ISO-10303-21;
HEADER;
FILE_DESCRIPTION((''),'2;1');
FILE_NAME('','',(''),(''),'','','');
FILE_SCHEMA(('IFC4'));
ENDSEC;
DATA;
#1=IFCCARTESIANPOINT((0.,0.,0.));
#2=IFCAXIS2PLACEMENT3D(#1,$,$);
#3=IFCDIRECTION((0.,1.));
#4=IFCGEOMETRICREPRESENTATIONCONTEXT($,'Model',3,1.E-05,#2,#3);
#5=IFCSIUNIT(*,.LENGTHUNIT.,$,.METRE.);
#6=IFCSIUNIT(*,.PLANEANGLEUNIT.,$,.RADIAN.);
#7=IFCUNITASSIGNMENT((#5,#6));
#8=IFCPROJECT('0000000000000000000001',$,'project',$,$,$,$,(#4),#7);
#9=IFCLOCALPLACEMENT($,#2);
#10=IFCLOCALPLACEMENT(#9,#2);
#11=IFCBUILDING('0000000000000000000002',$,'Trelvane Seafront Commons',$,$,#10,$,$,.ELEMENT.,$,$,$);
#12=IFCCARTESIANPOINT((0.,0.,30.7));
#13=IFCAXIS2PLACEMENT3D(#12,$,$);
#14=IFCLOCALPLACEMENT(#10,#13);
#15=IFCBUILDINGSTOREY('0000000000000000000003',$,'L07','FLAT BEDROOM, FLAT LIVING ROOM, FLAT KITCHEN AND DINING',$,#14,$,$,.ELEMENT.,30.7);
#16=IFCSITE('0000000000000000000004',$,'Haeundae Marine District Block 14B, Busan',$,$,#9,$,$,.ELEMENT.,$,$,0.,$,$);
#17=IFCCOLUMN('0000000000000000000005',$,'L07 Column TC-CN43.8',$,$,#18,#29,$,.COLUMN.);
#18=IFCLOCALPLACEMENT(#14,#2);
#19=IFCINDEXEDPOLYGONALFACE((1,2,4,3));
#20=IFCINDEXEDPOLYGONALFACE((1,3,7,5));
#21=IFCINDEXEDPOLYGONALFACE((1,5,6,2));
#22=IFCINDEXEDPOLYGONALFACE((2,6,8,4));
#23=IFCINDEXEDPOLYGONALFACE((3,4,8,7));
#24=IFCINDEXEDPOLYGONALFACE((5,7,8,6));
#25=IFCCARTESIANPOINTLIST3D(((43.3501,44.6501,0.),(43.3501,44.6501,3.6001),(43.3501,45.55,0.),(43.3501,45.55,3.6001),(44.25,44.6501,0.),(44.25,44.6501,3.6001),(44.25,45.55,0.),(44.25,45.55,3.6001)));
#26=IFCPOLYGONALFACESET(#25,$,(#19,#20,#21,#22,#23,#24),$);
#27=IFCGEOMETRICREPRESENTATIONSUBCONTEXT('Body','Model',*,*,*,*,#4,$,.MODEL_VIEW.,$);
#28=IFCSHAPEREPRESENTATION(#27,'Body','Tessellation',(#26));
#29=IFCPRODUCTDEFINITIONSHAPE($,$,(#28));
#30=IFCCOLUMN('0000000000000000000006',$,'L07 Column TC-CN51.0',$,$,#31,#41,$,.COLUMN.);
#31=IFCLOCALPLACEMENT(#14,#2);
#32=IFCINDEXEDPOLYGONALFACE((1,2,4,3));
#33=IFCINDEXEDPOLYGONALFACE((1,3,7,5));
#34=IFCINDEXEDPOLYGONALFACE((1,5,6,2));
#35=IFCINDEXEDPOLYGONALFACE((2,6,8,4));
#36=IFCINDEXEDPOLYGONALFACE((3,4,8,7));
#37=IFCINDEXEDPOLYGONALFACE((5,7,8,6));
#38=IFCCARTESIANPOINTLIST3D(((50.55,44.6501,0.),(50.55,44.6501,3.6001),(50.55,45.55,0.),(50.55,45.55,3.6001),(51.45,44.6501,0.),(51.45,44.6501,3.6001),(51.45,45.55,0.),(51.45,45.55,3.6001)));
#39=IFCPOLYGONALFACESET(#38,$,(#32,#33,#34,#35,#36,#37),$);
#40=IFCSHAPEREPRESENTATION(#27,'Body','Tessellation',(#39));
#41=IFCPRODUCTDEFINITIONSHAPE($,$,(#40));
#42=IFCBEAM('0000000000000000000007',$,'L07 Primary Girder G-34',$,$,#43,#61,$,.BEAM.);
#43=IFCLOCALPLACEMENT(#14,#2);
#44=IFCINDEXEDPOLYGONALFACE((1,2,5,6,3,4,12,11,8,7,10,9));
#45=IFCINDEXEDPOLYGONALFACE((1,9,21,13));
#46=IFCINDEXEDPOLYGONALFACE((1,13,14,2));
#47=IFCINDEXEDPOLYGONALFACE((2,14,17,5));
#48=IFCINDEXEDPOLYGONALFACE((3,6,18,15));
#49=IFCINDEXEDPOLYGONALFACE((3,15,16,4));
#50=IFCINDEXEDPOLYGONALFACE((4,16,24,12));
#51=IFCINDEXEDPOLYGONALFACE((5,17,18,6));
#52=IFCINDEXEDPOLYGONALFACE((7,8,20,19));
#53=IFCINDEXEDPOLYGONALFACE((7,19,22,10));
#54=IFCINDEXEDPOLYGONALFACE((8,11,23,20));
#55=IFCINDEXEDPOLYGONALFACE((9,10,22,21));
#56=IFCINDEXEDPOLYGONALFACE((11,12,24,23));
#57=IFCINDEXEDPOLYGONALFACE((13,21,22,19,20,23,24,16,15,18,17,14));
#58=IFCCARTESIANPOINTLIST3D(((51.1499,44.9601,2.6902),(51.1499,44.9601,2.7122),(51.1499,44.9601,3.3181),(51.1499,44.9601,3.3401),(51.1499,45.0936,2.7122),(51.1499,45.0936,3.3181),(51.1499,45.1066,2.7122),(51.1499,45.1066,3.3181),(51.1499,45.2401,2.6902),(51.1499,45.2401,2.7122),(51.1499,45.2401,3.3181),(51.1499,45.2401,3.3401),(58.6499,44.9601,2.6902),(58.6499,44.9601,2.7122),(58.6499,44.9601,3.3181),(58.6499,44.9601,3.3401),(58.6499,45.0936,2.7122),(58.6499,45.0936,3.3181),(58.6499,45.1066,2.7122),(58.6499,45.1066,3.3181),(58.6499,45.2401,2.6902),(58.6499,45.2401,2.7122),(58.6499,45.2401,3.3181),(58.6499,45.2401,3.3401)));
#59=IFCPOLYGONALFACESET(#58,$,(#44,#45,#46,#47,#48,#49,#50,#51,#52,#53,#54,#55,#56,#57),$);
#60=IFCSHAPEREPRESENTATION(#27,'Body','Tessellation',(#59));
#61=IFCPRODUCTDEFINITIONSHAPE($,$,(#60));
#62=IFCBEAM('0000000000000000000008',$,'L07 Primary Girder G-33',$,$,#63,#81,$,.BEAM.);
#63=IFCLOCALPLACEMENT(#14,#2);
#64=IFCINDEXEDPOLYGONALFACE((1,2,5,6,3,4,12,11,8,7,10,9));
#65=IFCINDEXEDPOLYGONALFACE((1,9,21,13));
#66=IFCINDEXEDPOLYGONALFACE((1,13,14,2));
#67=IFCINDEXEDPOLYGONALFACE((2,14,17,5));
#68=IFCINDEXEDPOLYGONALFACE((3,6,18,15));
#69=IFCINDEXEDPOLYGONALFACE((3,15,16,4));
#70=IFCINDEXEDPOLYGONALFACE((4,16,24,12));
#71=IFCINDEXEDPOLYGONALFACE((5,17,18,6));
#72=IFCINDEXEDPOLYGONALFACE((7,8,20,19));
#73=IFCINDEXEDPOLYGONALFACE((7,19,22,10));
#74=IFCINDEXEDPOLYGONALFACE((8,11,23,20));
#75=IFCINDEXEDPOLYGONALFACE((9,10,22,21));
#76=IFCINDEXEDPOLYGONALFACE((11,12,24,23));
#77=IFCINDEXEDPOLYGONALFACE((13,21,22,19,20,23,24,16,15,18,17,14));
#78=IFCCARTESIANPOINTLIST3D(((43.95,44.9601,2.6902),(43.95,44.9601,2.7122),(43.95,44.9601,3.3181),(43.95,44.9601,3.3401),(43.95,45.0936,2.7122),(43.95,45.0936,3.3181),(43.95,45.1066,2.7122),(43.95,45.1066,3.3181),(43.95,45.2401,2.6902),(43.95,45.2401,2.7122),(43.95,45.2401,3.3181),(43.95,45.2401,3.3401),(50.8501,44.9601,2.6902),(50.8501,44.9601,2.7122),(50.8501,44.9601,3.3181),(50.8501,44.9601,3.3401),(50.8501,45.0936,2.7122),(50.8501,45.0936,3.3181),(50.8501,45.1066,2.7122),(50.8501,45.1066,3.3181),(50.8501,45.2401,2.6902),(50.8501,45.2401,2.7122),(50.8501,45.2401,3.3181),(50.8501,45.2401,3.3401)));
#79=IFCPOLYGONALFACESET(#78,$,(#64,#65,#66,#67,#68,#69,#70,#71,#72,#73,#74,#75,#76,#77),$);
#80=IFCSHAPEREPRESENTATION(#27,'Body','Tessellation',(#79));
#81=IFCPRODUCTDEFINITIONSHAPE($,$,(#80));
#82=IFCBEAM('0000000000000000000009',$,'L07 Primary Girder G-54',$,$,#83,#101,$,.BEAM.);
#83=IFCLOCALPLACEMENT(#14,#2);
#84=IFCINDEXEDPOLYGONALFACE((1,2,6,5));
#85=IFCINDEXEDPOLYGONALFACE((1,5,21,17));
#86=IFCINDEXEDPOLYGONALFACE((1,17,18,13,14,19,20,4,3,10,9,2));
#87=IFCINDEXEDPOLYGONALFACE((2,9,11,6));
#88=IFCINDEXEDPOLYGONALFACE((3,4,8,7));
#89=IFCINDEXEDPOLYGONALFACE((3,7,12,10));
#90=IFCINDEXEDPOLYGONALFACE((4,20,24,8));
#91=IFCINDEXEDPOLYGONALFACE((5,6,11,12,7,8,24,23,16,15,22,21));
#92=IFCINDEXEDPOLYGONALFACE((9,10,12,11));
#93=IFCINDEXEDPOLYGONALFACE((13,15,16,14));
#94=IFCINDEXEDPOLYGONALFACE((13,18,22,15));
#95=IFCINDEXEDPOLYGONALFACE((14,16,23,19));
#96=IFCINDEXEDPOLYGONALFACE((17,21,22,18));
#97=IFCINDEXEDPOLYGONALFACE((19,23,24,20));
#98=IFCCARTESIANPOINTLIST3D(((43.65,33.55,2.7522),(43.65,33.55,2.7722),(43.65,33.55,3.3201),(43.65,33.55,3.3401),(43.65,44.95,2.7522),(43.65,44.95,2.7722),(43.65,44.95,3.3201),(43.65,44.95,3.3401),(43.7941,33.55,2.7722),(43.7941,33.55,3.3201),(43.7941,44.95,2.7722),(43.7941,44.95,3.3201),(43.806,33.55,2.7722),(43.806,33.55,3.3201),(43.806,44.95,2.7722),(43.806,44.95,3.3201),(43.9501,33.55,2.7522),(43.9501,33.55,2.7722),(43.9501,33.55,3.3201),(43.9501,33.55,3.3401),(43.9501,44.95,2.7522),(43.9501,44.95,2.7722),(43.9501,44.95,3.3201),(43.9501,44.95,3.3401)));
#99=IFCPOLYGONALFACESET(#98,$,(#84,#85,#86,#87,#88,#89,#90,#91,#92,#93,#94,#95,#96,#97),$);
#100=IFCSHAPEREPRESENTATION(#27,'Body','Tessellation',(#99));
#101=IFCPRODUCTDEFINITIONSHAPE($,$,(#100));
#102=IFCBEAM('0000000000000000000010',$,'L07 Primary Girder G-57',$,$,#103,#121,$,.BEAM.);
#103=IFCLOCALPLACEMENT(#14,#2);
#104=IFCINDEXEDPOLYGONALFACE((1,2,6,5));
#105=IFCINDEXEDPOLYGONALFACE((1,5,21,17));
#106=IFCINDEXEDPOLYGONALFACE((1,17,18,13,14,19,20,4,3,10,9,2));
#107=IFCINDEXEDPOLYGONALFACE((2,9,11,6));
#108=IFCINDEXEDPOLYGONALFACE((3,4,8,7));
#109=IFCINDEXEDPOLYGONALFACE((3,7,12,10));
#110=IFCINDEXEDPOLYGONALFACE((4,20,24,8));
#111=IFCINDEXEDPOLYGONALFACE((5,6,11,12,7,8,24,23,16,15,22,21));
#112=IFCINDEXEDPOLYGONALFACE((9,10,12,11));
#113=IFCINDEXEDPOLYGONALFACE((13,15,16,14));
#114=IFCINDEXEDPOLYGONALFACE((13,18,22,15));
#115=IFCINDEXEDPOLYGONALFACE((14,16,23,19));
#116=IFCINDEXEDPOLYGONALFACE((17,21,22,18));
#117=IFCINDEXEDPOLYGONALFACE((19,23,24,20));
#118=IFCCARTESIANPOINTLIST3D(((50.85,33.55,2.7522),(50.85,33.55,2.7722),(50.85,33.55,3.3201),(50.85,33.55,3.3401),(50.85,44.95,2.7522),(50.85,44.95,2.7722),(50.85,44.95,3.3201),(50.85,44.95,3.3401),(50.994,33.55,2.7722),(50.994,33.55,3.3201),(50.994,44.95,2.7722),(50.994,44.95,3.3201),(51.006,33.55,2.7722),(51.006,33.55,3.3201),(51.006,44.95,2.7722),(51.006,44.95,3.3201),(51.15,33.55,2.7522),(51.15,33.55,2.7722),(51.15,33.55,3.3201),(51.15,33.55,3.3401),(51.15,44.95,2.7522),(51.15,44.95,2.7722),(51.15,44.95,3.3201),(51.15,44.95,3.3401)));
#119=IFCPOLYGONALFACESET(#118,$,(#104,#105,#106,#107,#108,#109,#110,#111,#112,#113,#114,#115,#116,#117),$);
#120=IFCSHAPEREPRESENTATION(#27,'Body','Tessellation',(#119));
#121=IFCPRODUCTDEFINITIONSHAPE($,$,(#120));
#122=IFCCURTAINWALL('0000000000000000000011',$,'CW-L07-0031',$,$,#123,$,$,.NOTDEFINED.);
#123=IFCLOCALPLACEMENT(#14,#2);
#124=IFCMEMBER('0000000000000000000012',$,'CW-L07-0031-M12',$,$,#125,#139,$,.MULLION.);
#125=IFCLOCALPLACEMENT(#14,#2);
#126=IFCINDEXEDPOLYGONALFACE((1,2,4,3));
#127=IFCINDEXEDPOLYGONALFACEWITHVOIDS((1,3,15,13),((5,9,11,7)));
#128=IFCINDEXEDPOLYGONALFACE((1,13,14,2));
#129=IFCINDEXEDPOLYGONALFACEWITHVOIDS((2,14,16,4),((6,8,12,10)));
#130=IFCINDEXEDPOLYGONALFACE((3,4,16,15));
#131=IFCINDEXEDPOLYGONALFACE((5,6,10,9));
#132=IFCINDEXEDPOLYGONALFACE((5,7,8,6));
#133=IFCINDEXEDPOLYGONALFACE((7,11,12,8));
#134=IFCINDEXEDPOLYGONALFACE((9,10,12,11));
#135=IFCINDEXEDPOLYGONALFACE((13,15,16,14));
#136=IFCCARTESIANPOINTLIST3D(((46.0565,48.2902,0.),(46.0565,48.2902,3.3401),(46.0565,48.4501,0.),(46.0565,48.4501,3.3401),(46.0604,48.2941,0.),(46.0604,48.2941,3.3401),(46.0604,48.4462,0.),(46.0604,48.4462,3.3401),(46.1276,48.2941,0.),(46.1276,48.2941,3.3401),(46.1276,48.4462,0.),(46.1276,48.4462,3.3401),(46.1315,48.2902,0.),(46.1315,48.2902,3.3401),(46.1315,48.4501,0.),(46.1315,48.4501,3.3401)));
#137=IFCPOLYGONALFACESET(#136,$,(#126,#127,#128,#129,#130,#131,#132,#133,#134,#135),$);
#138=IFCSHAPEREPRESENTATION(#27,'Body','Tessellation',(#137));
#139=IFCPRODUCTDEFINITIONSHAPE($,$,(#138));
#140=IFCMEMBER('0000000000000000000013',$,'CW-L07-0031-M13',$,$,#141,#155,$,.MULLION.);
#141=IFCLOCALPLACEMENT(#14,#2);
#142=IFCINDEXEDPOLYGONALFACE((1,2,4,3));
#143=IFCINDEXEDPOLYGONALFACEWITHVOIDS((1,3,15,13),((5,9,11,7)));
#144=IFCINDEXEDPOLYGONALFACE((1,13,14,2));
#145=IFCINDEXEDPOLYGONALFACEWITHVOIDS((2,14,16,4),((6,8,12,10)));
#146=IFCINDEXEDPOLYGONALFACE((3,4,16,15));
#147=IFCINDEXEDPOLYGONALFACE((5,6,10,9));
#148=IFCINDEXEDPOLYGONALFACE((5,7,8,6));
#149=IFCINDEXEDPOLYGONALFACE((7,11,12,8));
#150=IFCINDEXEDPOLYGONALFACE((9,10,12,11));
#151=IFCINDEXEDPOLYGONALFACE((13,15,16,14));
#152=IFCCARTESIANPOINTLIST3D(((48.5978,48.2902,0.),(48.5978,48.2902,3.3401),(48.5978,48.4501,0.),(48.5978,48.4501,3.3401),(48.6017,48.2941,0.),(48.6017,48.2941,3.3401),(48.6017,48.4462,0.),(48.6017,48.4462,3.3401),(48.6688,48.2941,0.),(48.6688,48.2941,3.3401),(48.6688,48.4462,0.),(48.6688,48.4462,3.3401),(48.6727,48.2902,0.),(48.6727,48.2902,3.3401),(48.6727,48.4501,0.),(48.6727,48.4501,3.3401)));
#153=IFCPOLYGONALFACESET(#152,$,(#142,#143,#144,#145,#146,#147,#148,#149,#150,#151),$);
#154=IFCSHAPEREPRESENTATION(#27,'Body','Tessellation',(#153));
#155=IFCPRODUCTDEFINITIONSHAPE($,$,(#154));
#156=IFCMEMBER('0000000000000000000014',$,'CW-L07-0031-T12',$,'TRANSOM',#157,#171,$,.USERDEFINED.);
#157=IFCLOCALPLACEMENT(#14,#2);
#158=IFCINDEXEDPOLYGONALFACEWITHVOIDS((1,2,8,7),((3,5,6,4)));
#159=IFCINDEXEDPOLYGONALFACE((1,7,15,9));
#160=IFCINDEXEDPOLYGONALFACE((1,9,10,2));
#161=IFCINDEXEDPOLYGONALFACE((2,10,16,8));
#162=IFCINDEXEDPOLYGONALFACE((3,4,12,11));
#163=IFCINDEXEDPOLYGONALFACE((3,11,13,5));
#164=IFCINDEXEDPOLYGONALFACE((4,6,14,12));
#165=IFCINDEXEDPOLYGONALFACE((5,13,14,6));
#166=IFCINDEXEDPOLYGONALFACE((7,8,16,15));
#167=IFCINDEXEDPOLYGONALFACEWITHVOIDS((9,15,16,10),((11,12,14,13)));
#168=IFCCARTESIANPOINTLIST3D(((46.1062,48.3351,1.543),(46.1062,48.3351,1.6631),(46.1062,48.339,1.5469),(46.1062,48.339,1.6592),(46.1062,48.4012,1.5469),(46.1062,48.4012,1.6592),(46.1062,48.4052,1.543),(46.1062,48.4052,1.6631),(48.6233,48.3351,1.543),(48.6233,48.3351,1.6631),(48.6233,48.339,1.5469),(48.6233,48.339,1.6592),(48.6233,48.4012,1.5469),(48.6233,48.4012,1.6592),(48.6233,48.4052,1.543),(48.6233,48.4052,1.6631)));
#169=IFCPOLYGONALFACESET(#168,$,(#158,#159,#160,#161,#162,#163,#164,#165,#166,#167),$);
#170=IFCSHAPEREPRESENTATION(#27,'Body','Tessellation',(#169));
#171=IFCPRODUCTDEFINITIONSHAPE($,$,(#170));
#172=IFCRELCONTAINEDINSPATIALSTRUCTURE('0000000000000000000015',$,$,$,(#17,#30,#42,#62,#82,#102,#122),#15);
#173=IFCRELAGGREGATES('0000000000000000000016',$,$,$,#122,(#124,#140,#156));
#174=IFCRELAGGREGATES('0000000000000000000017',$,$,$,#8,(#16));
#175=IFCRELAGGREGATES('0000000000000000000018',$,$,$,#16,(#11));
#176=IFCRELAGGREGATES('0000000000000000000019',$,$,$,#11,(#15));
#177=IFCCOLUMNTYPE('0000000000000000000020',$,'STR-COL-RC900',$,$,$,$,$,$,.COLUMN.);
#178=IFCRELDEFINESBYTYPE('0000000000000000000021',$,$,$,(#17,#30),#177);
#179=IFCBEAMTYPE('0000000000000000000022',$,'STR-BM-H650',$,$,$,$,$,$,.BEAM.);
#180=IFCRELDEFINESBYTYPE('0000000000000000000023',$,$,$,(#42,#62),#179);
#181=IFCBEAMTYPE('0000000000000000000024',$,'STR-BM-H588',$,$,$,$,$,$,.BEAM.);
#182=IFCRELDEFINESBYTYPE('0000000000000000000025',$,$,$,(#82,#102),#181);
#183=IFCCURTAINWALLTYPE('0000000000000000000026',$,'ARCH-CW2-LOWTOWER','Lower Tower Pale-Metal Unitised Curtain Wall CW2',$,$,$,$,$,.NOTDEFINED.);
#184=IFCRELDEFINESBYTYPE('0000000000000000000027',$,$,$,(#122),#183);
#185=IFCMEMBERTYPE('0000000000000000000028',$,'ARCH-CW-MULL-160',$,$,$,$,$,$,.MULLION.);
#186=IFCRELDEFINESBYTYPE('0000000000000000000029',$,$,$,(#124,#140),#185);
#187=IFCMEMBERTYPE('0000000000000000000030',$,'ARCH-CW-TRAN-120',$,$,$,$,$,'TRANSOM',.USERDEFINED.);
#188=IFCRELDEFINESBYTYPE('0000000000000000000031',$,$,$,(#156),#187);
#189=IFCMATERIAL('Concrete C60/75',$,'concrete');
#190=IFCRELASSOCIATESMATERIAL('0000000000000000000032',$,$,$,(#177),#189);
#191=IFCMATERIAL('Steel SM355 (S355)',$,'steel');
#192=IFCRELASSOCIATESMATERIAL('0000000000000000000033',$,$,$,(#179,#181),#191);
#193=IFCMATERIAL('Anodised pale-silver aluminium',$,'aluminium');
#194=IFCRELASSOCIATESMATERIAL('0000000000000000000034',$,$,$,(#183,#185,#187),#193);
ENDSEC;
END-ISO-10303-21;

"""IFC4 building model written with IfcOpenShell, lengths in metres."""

from ifc_helpers import new_model, si_unit, direction, frame, origin, origin_2d, place, context, subcontext, project, spatial, rectangle, hollow_rectangle, i_section, extrude, source, transform, mapped, material, material_profile, profile_set, type_object, element, aggregate, save


model = new_model("IFC4")

# Units and contexts
model_context = context("Model", 3, precision=1e-05, world=origin(), true_north=direction((0.0, 1.0)))
body_context = subcontext(model_context, "Body", "Model", "MODEL_VIEW")
ifc_project = project(units=[si_unit("LENGTHUNIT", "METRE"), si_unit("PLANEANGLEUNIT", "RADIAN")], contexts=[model_context])

# Site, building, storey
site_placement = place(None, origin())
site = spatial("IfcSite", under=ifc_project, at=site_placement, Name="Haeundae Marine District Block 14B, Busan", CompositionType="ELEMENT", RefElevation=0.0)
building_placement = place(site_placement, origin())
building = spatial("IfcBuilding", under=site, at=building_placement, Name="Trelvane Seafront Commons", CompositionType="ELEMENT")
storey_placement = place(building_placement, frame((0.0, 0.0, 30.7)))
storey = spatial("IfcBuildingStorey", under=building, at=storey_placement, Name="L07", Description="FLAT BEDROOM, FLAT LIVING ROOM, FLAT KITCHEN AND DINING", CompositionType="ELEMENT", Elevation=30.7)

# Columns
ifc_material_1 = material(Name="Concrete C60/75", Category="concrete")
ifc_material_profile_1 = material_profile(ifc_material_1, rectangle(XDim=0.8999, YDim=0.8999, at=origin_2d()), Name="RC-900x900")
ifc_profile_set_1 = profile_set([ifc_material_profile_1], Name="Concrete C60/75")
column_type = type_object("IfcColumnType", Name="STR-COL-RC900", PredefinedType="COLUMN", material=ifc_profile_set_1)
shared_shape_1 = source(origin(), body_context, "Body", "SweptSolid", [
    extrude(rectangle(XDim=0.8999, YDim=0.8999, at=origin_2d()), origin(), (0.0, 0.0, 1.0), 3.6001),
])
for number, where, z_axis, x_axis, name in (
    (1, (43.8, 45.1001, 0.0), (0.0, 0.0, 1.0), (1.0, 0.0, 0.0), "L07 Column TC-CN43.8"),
    (2, (51.0, 45.1001, 0.0), (0.0, 0.0, 1.0), (1.0, 0.0, 0.0), "L07 Column TC-CN51.0"),
):
    element("IfcColumn", number, at=place(storey_placement, frame(where, z_axis=z_axis, x_axis=x_axis)), inside=storey, type_object=column_type, Name=name, PredefinedType="COLUMN", context=body_context, shape_type="MappedRepresentation", body=[
        mapped(shared_shape_1, transform((0.0, 0.0, 0.0), x_axis=(1.0, 0.0, 0.0), y_axis=(0.0, 1.0, 0.0), z_axis=(0.0, 0.0, 1.0), scale=1.0)),
    ])

# Beams
ifc_material_2 = material(Name="Steel SM355 (S355)", Category="steel")
ifc_material_profile_2 = material_profile(ifc_material_2, i_section(OverallWidth=0.28, OverallDepth=0.6499, WebThickness=0.0129, FlangeThickness=0.022, at=origin_2d()), Name="H-650x280x13x22")
ifc_profile_set_2 = profile_set([ifc_material_profile_2], Name="Steel SM355 (S355)")
beam_type_1 = type_object("IfcBeamType", Name="STR-BM-H650", PredefinedType="BEAM", material=ifc_profile_set_2)
shared_shape_2 = source(origin(), body_context, "Body", "SweptSolid", [
    extrude(i_section(OverallWidth=0.28, OverallDepth=0.6499, WebThickness=0.0129, FlangeThickness=0.022, at=origin_2d()), origin(), (0.0, 0.0, 1.0), 7.5),
])
beam_1_placement = place(storey_placement, frame((51.1499, 45.1001, 3.0151), z_axis=(1.0, 0.0, 0.0), x_axis=(0.0, 1.0, 0.0)))
element("IfcBeam", 3, at=beam_1_placement, inside=storey, type_object=beam_type_1, Name="L07 Primary Girder G-34", PredefinedType="BEAM", context=body_context, shape_type="MappedRepresentation", body=[
    mapped(shared_shape_2, transform((0.0, 0.0, 0.0), x_axis=(1.0, 0.0, 0.0), y_axis=(0.0, 1.0, 0.0), z_axis=(0.0, 0.0, 1.0), scale=1.0)),
])
shared_shape_3 = source(origin(), body_context, "Body", "SweptSolid", [
    extrude(i_section(OverallWidth=0.28, OverallDepth=0.6499, WebThickness=0.0129, FlangeThickness=0.022, at=origin_2d()), origin(), (0.0, 0.0, 1.0), 6.9001),
])
beam_2_placement = place(storey_placement, frame((43.95, 45.1001, 3.0151), z_axis=(1.0, 0.0, 0.0), x_axis=(0.0, 1.0, 0.0)))
element("IfcBeam", 4, at=beam_2_placement, inside=storey, type_object=beam_type_1, Name="L07 Primary Girder G-33", PredefinedType="BEAM", context=body_context, shape_type="MappedRepresentation", body=[
    mapped(shared_shape_3, transform((0.0, 0.0, 0.0), x_axis=(1.0, 0.0, 0.0), y_axis=(0.0, 1.0, 0.0), z_axis=(0.0, 0.0, 1.0), scale=1.0)),
])
ifc_material_profile_3 = material_profile(ifc_material_2, i_section(OverallWidth=0.3, OverallDepth=0.5879, WebThickness=0.012, FlangeThickness=0.02, at=origin_2d()), Name="H-588x300x12x20")
ifc_profile_set_3 = profile_set([ifc_material_profile_3], Name="Steel SM355 (S355)")
beam_type_2 = type_object("IfcBeamType", Name="STR-BM-H588", PredefinedType="BEAM", material=ifc_profile_set_3)
shared_shape_4 = source(origin(), body_context, "Body", "SweptSolid", [
    extrude(i_section(OverallWidth=0.3, OverallDepth=0.5879, WebThickness=0.012, FlangeThickness=0.02, at=origin_2d()), origin(), (0.0, 0.0, 1.0), 11.3999),
])
for number, where, z_axis, x_axis, name in (
    (5, (43.8, 33.55, 3.0461), (0.0, 1.0, 0.0), (-1.0, 0.0, 0.0), "L07 Primary Girder G-54"),
    (6, (51.0, 33.55, 3.0461), (0.0, 1.0, 0.0), (-1.0, 0.0, 0.0), "L07 Primary Girder G-57"),
):
    element("IfcBeam", number, at=place(storey_placement, frame(where, z_axis=z_axis, x_axis=x_axis)), inside=storey, type_object=beam_type_2, Name=name, PredefinedType="BEAM", context=body_context, shape_type="MappedRepresentation", body=[
        mapped(shared_shape_4, transform((0.0, 0.0, 0.0), x_axis=(1.0, 0.0, 0.0), y_axis=(0.0, 1.0, 0.0), z_axis=(0.0, 0.0, 1.0), scale=1.0)),
    ])

# Curtain wall, members
ifc_material_3 = material(Name="Anodised pale-silver aluminium", Category="aluminium")
curtain_wall_type = type_object("IfcCurtainWallType", Name="ARCH-CW2-LOWTOWER", Description="Lower Tower Pale-Metal Unitised Curtain Wall CW2", PredefinedType="NOTDEFINED", material=ifc_material_3)
curtain_wall_placement = place(storey_placement, origin())
curtain_wall = element("IfcCurtainWall", 7, at=curtain_wall_placement, inside=storey, type_object=curtain_wall_type, Name="CW-L07-0031", PredefinedType="NOTDEFINED")
ifc_material_profile_4 = material_profile(ifc_material_3, hollow_rectangle(XDim=0.075, YDim=0.1599, WallThickness=0.0039, at=origin_2d()), Name="MULL-75x160x4")
ifc_profile_set_4 = profile_set([ifc_material_profile_4], Name="Anodised pale-silver aluminium")
member_type_1 = type_object("IfcMemberType", Name="ARCH-CW-MULL-160", PredefinedType="MULLION", material=ifc_profile_set_4)
shared_shape_5 = source(origin(), body_context, "Body", "SweptSolid", [
    extrude(hollow_rectangle(XDim=0.075, YDim=0.1599, WallThickness=0.0039, at=origin_2d()), origin(), (0.0, 0.0, 1.0), 3.3401),
])
member_1_placement = place(storey_placement, frame((46.094, 48.3701, 0.0), z_axis=(0.0, 0.0, 1.0), x_axis=(1.0, 0.0, 0.0)))
member_1 = element("IfcMember", 8, at=member_1_placement, type_object=member_type_1, Name="CW-L07-0031-M12", PredefinedType="MULLION", context=body_context, shape_type="MappedRepresentation", body=[
    mapped(shared_shape_5, transform((0.0, 0.0, 0.0), x_axis=(1.0, 0.0, 0.0), y_axis=(0.0, 1.0, 0.0), z_axis=(0.0, 0.0, 1.0), scale=1.0)),
])
member_2_placement = place(storey_placement, frame((48.6353, 48.3701, 0.0), z_axis=(0.0, 0.0, 1.0), x_axis=(1.0, 0.0, 0.0)))
member_2 = element("IfcMember", 9, at=member_2_placement, type_object=member_type_1, Name="CW-L07-0031-M13", PredefinedType="MULLION", context=body_context, shape_type="MappedRepresentation", body=[
    mapped(shared_shape_5, transform((0.0, 0.0, 0.0), x_axis=(1.0, 0.0, 0.0), y_axis=(0.0, 1.0, 0.0), z_axis=(0.0, 0.0, 1.0), scale=1.0)),
])
ifc_material_profile_5 = material_profile(ifc_material_3, hollow_rectangle(XDim=0.0701, YDim=0.1201, WallThickness=0.0039, at=origin_2d()), Name="TRAN-70x120x4")
ifc_profile_set_5 = profile_set([ifc_material_profile_5], Name="Anodised pale-silver aluminium")
member_type_2 = type_object("IfcMemberType", Name="ARCH-CW-TRAN-120", ElementType="TRANSOM", PredefinedType="USERDEFINED", material=ifc_profile_set_5)
shared_shape_6 = source(origin(), body_context, "Body", "SweptSolid", [
    extrude(hollow_rectangle(XDim=0.0701, YDim=0.1201, WallThickness=0.0039, at=origin_2d()), origin(), (0.0, 0.0, 1.0), 2.5171),
])
member_3_placement = place(storey_placement, frame((46.1062, 48.3701, 1.603), z_axis=(1.0, 0.0, 0.0), x_axis=(0.0, 1.0, 0.0)))
member_3 = element("IfcMember", 10, at=member_3_placement, type_object=member_type_2, Name="CW-L07-0031-T12", ObjectType="TRANSOM", PredefinedType="USERDEFINED", context=body_context, shape_type="MappedRepresentation", body=[
    mapped(shared_shape_6, transform((0.0, 0.0, 0.0), x_axis=(1.0, 0.0, 0.0), y_axis=(0.0, 1.0, 0.0), z_axis=(0.0, 0.0, 1.0), scale=1.0)),
])
aggregate(curtain_wall, [member_1, member_2, member_3])

save(model, "model.ifc")
